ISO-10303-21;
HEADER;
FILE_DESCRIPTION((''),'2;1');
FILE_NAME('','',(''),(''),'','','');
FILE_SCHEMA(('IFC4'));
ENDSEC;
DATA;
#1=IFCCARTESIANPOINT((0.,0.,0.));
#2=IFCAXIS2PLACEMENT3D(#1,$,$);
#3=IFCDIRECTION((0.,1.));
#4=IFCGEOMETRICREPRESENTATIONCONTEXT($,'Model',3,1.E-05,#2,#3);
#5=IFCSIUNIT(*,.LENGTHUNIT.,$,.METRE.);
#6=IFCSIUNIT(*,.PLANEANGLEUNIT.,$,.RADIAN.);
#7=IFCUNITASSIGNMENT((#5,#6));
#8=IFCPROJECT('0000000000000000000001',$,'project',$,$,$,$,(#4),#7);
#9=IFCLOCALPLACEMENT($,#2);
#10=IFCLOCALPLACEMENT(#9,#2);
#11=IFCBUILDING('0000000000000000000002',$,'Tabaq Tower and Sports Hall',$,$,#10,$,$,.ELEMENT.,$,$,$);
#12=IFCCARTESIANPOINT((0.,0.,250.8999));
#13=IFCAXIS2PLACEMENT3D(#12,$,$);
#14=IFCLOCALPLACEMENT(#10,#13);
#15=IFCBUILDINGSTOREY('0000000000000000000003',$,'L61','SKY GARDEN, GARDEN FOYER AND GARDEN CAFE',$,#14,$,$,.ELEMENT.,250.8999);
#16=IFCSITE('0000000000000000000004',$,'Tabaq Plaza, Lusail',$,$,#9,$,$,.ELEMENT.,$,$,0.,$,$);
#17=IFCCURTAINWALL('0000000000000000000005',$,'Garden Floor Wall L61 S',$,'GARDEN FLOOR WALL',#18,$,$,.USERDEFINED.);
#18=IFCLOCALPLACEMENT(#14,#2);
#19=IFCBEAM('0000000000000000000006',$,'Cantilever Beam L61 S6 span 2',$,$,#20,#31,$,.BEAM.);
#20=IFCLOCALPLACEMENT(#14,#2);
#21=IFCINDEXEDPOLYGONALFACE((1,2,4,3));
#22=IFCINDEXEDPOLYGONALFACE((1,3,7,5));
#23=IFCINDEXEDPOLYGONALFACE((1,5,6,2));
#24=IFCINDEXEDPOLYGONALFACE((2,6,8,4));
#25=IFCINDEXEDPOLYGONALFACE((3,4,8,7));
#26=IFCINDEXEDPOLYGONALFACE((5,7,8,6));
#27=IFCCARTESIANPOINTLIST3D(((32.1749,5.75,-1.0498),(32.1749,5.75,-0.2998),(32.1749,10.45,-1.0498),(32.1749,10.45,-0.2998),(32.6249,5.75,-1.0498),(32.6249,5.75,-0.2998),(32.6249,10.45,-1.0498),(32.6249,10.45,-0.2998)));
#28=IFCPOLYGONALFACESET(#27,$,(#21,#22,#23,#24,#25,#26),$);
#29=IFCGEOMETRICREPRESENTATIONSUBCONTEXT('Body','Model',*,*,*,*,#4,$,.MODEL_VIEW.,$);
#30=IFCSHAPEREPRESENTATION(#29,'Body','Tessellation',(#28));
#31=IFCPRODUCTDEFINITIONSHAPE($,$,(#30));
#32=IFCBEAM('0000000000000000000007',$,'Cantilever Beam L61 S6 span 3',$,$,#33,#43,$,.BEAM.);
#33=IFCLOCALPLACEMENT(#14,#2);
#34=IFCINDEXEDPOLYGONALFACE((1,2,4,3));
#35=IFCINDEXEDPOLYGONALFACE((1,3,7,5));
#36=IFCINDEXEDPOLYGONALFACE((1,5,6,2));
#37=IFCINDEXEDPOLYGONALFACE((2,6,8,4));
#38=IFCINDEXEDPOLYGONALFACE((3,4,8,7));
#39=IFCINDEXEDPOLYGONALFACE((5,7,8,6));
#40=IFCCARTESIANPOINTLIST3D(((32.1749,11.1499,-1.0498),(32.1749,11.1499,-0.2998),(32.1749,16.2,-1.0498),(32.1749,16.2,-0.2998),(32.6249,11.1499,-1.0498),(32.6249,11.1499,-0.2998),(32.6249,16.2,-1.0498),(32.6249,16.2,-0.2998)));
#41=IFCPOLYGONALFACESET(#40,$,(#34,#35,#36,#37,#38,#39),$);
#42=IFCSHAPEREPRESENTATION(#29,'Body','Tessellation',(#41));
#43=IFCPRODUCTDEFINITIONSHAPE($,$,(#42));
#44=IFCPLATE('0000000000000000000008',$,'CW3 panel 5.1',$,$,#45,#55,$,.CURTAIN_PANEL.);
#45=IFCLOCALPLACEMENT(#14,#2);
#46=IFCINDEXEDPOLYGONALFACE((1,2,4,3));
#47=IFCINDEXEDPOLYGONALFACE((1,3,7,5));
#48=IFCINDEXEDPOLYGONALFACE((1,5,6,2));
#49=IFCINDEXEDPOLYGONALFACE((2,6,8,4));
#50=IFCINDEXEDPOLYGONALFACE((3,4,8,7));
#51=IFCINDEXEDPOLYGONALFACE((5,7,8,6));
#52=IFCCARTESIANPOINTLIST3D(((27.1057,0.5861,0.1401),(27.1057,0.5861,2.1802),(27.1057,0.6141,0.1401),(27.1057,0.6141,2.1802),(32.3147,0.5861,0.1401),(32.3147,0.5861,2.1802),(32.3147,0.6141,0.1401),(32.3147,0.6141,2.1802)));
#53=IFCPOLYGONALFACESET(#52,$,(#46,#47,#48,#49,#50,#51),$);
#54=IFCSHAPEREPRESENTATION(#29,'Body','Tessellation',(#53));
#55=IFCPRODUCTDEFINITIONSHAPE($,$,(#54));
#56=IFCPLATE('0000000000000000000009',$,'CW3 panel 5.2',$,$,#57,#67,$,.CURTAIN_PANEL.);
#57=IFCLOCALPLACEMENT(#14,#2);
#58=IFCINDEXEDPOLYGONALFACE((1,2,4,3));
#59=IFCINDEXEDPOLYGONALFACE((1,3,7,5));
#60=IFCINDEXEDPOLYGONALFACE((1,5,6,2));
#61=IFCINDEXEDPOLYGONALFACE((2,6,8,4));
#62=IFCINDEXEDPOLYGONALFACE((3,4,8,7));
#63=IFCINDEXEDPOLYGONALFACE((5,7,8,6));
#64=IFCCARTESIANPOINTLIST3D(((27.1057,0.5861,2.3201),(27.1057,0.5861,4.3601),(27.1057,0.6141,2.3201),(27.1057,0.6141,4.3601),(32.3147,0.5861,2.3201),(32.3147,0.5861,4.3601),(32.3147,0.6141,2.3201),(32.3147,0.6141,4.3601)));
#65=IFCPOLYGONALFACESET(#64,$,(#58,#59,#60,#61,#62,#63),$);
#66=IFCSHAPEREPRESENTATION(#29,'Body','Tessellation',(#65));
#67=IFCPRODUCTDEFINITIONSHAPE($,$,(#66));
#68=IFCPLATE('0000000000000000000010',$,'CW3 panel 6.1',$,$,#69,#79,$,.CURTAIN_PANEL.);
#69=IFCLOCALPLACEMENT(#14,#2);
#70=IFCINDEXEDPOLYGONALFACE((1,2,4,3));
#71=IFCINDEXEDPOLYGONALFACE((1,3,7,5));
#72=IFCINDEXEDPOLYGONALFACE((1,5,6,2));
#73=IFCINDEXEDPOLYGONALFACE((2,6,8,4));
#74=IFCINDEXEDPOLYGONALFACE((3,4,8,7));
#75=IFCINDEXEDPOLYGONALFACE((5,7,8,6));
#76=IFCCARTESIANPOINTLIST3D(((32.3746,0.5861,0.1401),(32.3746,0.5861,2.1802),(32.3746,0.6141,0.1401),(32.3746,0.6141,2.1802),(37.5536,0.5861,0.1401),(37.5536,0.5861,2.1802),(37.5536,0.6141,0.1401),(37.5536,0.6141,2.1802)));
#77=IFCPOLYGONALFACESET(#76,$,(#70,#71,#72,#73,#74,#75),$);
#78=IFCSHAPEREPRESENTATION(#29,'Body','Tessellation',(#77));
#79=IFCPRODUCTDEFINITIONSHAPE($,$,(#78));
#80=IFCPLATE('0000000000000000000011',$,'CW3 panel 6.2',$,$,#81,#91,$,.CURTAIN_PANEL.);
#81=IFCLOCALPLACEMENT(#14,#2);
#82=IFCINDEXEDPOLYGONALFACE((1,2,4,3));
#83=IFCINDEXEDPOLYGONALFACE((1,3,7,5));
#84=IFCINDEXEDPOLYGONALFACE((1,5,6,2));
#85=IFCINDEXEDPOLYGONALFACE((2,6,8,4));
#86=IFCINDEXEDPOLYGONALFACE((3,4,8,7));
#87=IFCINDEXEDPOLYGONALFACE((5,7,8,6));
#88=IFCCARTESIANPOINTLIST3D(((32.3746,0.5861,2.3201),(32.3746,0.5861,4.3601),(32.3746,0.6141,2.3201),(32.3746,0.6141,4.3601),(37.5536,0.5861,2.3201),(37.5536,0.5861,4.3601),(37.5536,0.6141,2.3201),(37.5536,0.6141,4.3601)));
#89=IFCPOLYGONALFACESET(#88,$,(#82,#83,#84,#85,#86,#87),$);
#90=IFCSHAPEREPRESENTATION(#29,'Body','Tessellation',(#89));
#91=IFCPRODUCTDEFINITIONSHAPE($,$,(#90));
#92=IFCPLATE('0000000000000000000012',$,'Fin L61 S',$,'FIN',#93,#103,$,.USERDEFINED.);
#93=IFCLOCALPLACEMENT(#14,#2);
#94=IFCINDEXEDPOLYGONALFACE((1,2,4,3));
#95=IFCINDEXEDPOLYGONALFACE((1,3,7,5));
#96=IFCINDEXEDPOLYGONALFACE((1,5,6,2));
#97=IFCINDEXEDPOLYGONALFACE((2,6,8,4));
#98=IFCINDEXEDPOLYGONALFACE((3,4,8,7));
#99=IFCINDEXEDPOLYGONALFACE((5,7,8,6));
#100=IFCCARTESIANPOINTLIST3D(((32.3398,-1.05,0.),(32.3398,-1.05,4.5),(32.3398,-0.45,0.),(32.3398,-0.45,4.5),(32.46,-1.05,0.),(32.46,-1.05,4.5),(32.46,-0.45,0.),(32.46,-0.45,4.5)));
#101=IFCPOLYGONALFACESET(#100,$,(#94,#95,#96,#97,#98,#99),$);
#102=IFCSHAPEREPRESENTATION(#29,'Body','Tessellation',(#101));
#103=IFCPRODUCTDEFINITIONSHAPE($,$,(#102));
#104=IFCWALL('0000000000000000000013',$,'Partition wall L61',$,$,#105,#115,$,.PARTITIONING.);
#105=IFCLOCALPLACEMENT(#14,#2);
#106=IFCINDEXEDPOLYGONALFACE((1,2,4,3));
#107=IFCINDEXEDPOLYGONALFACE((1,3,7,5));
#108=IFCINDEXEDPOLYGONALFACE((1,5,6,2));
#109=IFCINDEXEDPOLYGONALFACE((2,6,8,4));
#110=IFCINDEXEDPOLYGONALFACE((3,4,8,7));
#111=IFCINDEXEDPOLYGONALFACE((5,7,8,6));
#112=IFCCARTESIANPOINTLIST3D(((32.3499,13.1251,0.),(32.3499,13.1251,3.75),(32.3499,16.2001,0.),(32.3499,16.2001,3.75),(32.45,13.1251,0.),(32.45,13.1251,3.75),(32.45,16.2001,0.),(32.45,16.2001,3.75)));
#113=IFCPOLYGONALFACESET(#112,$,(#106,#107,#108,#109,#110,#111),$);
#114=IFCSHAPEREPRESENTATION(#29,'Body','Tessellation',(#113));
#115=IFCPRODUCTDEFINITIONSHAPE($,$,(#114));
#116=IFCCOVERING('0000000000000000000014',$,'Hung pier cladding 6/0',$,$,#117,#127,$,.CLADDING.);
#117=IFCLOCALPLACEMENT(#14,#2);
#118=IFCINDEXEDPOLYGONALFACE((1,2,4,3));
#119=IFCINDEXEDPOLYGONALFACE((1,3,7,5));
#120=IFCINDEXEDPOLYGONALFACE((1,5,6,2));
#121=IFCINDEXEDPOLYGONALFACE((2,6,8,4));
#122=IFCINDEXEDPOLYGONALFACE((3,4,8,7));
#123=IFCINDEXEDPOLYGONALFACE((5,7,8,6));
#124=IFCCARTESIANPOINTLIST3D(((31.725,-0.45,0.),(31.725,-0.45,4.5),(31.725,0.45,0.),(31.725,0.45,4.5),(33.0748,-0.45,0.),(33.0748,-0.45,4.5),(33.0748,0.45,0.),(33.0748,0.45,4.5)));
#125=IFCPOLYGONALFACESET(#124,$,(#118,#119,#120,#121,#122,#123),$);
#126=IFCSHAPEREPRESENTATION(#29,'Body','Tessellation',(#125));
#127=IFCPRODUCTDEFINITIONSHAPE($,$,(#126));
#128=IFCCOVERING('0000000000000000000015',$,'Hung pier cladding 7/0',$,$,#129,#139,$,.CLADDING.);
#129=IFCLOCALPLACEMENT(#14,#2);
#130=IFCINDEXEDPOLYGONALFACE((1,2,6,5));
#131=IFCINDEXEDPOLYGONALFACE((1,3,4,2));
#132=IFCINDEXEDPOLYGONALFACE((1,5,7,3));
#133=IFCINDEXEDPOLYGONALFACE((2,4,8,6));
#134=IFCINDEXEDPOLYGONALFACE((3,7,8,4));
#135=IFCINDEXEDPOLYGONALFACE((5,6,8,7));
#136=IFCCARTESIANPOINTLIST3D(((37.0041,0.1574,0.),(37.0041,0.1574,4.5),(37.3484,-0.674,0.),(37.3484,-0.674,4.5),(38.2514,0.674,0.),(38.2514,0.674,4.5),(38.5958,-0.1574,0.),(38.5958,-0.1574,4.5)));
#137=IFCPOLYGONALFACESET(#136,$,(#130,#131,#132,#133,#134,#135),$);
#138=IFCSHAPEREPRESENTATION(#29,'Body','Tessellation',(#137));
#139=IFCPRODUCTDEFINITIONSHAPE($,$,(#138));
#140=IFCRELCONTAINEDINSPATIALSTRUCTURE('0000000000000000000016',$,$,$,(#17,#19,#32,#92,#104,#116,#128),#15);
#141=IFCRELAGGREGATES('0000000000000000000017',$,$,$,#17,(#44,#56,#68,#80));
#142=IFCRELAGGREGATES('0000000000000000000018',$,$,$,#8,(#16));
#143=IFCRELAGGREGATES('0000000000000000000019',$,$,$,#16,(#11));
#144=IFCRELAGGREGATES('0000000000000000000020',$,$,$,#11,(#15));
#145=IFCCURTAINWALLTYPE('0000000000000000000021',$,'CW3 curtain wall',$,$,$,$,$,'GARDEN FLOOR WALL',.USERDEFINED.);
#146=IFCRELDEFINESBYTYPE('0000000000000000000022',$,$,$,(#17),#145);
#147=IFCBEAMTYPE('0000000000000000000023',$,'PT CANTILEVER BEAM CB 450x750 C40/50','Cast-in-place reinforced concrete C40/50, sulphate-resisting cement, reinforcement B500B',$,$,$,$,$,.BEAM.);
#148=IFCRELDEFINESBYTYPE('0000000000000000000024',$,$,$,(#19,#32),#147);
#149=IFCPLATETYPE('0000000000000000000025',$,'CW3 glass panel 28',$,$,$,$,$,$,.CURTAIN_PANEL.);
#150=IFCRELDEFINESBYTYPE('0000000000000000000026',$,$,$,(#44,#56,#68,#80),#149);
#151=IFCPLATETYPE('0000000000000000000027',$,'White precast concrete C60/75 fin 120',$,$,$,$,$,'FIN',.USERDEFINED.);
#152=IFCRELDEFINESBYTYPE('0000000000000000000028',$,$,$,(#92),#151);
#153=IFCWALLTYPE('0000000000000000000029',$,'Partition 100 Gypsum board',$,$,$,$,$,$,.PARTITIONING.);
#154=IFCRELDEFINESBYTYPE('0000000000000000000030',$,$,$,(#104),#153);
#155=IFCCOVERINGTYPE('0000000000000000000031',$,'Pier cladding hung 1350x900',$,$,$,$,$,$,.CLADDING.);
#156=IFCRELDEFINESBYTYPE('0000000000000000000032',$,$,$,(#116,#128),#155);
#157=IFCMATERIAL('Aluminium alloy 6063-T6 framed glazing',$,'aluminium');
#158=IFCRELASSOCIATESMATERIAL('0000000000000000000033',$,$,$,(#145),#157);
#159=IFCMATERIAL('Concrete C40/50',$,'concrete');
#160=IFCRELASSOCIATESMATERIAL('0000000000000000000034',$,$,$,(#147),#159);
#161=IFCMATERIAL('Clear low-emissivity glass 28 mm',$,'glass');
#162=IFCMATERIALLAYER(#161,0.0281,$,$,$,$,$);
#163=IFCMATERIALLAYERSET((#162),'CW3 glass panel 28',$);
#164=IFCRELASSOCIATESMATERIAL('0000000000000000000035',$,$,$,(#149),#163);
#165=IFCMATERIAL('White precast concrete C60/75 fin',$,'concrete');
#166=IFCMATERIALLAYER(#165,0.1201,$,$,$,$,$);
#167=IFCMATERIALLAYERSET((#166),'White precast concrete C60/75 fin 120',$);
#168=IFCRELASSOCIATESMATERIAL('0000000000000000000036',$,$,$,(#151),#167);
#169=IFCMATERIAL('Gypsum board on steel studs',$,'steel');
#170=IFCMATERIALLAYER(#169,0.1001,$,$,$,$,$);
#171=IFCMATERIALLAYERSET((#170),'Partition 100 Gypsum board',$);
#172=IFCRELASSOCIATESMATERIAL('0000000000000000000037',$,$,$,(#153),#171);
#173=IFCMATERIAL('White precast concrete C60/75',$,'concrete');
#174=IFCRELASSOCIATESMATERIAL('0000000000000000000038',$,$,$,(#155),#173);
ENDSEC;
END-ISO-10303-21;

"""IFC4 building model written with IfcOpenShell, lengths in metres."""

from ifc_helpers import new_model, si_unit, direction, frame, frame_2d, origin, origin_2d, place, context, subcontext, project, spatial, rectangle, extrude, material, layer, layer_set, material_profile, profile_set, type_object, element, aggregate, save


model = new_model("IFC4")

# Units and contexts
model_context = context("Model", 3, precision=1e-05, world=origin(), true_north=direction((0.0, 1.0)))
body_context = subcontext(model_context, "Body", "Model", "MODEL_VIEW")
ifc_project = project(units=[si_unit("LENGTHUNIT", "METRE"), si_unit("PLANEANGLEUNIT", "RADIAN")], contexts=[model_context])

# Site, building, storey
site_placement = place(None, origin())
site = spatial("IfcSite", under=ifc_project, at=site_placement, Name="Tabaq Plaza, Lusail", CompositionType="ELEMENT", RefElevation=0.0)
building_placement = place(site_placement, origin())
building = spatial("IfcBuilding", under=site, at=building_placement, Name="Tabaq Tower and Sports Hall", CompositionType="ELEMENT")
storey_placement = place(building_placement, frame((0.0, 0.0, 250.8999)))
storey = spatial("IfcBuildingStorey", under=building, at=storey_placement, Name="L61", Description="SKY GARDEN, GARDEN FOYER AND GARDEN CAFE", CompositionType="ELEMENT", Elevation=250.8999)

# Curtain wall
ifc_material_1 = material(Name="Aluminium alloy 6063-T6 framed glazing", Category="aluminium")
curtain_wall_type_1 = type_object("IfcCurtainWallType", Name="CW3 curtain wall", ElementType="GARDEN FLOOR WALL", PredefinedType="USERDEFINED", material=ifc_material_1)
curtain_wall_1_placement = place(storey_placement, origin())
curtain_wall_1 = element("IfcCurtainWall", 1, at=curtain_wall_1_placement, inside=storey, type_object=curtain_wall_type_1, Name="Garden Floor Wall L61 S", ObjectType="GARDEN FLOOR WALL", PredefinedType="USERDEFINED")

# Beams
ifc_material_2 = material(Name="Concrete C40/50", Category="concrete")
ifc_material_profile_1 = material_profile(ifc_material_2, rectangle(XDim=0.45, YDim=0.75, at=origin_2d()), Name="CB 450x750")
ifc_profile_set_1 = profile_set([ifc_material_profile_1], Name="Concrete C40/50")
beam_type = type_object("IfcBeamType", Name="PT CANTILEVER BEAM CB 450x750 C40/50", Description="Cast-in-place reinforced concrete C40/50, sulphate-resisting cement, reinforcement B500B", PredefinedType="BEAM", material=ifc_profile_set_1)
beam_1_placement = place(storey_placement, frame((32.3999, 5.75, -0.6748), z_axis=(0.0, 1.0, 0.0), x_axis=(-1.0, 0.0, 0.0)))
element("IfcBeam", 2, at=beam_1_placement, inside=storey, type_object=beam_type, Name="Cantilever Beam L61 S6 span 2", PredefinedType="BEAM", context=body_context, shape_type="SweptSolid", body=[
    extrude(rectangle(XDim=0.45, YDim=0.75, at=origin_2d()), origin(), (0.0, 0.0, 1.0), 4.7),
])
beam_2_placement = place(storey_placement, frame((32.3999, 11.1499, -0.6748), z_axis=(0.0, 1.0, 0.0), x_axis=(-1.0, 0.0, 0.0)))
element("IfcBeam", 3, at=beam_2_placement, inside=storey, type_object=beam_type, Name="Cantilever Beam L61 S6 span 3", PredefinedType="BEAM", context=body_context, shape_type="SweptSolid", body=[
    extrude(rectangle(XDim=0.45, YDim=0.75, at=origin_2d()), origin(), (0.0, 0.0, 1.0), 5.05),
])

# Plates
ifc_material_3 = material(Name="Clear low-emissivity glass 28 mm", Category="glass")
ifc_layer_1 = layer(ifc_material_3, 0.0281)
ifc_layer_set_1 = layer_set([ifc_layer_1], Name="CW3 glass panel 28")
plate_type_1 = type_object("IfcPlateType", Name="CW3 glass panel 28", PredefinedType="CURTAIN_PANEL", material=ifc_layer_set_1)
plate_1_placement = place(storey_placement, frame((29.7102, 0.6001, 0.1401), z_axis=(0.0, 0.0, 1.0), x_axis=(1.0, 0.0, 0.0)))
plate_1 = element("IfcPlate", 4, at=plate_1_placement, type_object=plate_type_1, Name="CW3 panel 5.1", PredefinedType="CURTAIN_PANEL", context=body_context, shape_type="SweptSolid", body=[
    extrude(rectangle(XDim=5.209, YDim=0.0281, at=origin_2d()), origin(), (0.0, 0.0, 1.0), 2.04),
])
plate_2_placement = place(storey_placement, frame((29.7102, 0.6001, 2.3201), z_axis=(0.0, 0.0, 1.0), x_axis=(1.0, 0.0, 0.0)))
plate_2 = element("IfcPlate", 5, at=plate_2_placement, type_object=plate_type_1, Name="CW3 panel 5.2", PredefinedType="CURTAIN_PANEL", context=body_context, shape_type="SweptSolid", body=[
    extrude(rectangle(XDim=5.209, YDim=0.0281, at=origin_2d()), origin(), (0.0, 0.0, 1.0), 2.04),
])
plate_3_placement = place(storey_placement, frame((34.9641, 0.6001, 0.1401), z_axis=(0.0, 0.0, 1.0), x_axis=(1.0, 0.0, 0.0)))
plate_3 = element("IfcPlate", 6, at=plate_3_placement, type_object=plate_type_1, Name="CW3 panel 6.1", PredefinedType="CURTAIN_PANEL", context=body_context, shape_type="SweptSolid", body=[
    extrude(rectangle(XDim=5.179, YDim=0.0281, at=origin_2d()), origin(), (0.0, 0.0, 1.0), 2.04),
])
plate_4_placement = place(storey_placement, frame((34.9641, 0.6001, 2.3201), z_axis=(0.0, 0.0, 1.0), x_axis=(1.0, 0.0, 0.0)))
plate_4 = element("IfcPlate", 7, at=plate_4_placement, type_object=plate_type_1, Name="CW3 panel 6.2", PredefinedType="CURTAIN_PANEL", context=body_context, shape_type="SweptSolid", body=[
    extrude(rectangle(XDim=5.179, YDim=0.0281, at=origin_2d()), origin(), (0.0, 0.0, 1.0), 2.04),
])
aggregate(curtain_wall_1, [plate_1, plate_2, plate_3, plate_4])
ifc_material_4 = material(Name="White precast concrete C60/75 fin", Category="concrete")
ifc_layer_2 = layer(ifc_material_4, 0.1201)
ifc_layer_set_2 = layer_set([ifc_layer_2], Name="White precast concrete C60/75 fin 120")
plate_type_2 = type_object("IfcPlateType", Name="White precast concrete C60/75 fin 120", ElementType="FIN", PredefinedType="USERDEFINED", material=ifc_layer_set_2)
plate_5_placement = place(storey_placement, frame((32.3999, -0.75, 0.0), z_axis=(0.0, 0.0, 1.0), x_axis=(1.0, 0.0, 0.0)))
element("IfcPlate", 8, at=plate_5_placement, inside=storey, type_object=plate_type_2, Name="Fin L61 S", ObjectType="FIN", PredefinedType="USERDEFINED", context=body_context, shape_type="SweptSolid", body=[
    extrude(rectangle(XDim=0.1201, YDim=0.6001, at=origin_2d()), origin(), (0.0, 0.0, 1.0), 4.5),
])

# Wall
ifc_material_5 = material(Name="Gypsum board on steel studs", Category="steel")
ifc_layer_3 = layer(ifc_material_5, 0.1001)
ifc_layer_set_3 = layer_set([ifc_layer_3], Name="Partition 100 Gypsum board")
wall_type = type_object("IfcWallType", Name="Partition 100 Gypsum board", PredefinedType="PARTITIONING", material=ifc_layer_set_3)
wall_placement = place(storey_placement, frame((32.3999, 13.125, 0.0), z_axis=(0.0, 0.0, 1.0), x_axis=(0.0, 1.0, 0.0)))
element("IfcWall", 9, at=wall_placement, inside=storey, type_object=wall_type, Name="Partition wall L61", PredefinedType="PARTITIONING", context=body_context, shape_type="SweptSolid", body=[
    extrude(rectangle(XDim=3.075, YDim=0.1001, at=frame_2d((1.5376, 0.0))), origin(), (0.0, 0.0, 1.0), 3.75),
])

# Coverings
ifc_material_6 = material(Name="White precast concrete C60/75", Category="concrete")
covering_type = type_object("IfcCoveringType", Name="Pier cladding hung 1350x900", PredefinedType="CLADDING", material=ifc_material_6)
covering_1_placement = place(storey_placement, frame((31.7251, 0.0, 0.0), z_axis=(0.0, 0.0, 1.0), x_axis=(1.0, 0.0, 0.0)))
element("IfcCovering", 10, at=covering_1_placement, inside=storey, type_object=covering_type, Name="Hung pier cladding 6/0", PredefinedType="CLADDING", context=body_context, shape_type="SweptSolid", body=[
    extrude(rectangle(XDim=1.3499, YDim=0.8999, at=frame_2d((0.6748, 0.0))), origin(), (0.0, 0.0, 1.0), 4.5),
])
covering_2_placement = place(storey_placement, frame((37.1763, -0.2583, 0.0), z_axis=(0.0, 0.0, 1.0), x_axis=(0.923893, 0.38265, 0.0)))
element("IfcCovering", 11, at=covering_2_placement, inside=storey, type_object=covering_type, Name="Hung pier cladding 7/0", PredefinedType="CLADDING", context=body_context, shape_type="SweptSolid", body=[
    extrude(rectangle(XDim=1.3501, YDim=0.8999, at=frame_2d((0.675, 0.0))), origin(), (0.0, 0.0, 1.0), 4.5),
])

save(model, "model.ifc")
